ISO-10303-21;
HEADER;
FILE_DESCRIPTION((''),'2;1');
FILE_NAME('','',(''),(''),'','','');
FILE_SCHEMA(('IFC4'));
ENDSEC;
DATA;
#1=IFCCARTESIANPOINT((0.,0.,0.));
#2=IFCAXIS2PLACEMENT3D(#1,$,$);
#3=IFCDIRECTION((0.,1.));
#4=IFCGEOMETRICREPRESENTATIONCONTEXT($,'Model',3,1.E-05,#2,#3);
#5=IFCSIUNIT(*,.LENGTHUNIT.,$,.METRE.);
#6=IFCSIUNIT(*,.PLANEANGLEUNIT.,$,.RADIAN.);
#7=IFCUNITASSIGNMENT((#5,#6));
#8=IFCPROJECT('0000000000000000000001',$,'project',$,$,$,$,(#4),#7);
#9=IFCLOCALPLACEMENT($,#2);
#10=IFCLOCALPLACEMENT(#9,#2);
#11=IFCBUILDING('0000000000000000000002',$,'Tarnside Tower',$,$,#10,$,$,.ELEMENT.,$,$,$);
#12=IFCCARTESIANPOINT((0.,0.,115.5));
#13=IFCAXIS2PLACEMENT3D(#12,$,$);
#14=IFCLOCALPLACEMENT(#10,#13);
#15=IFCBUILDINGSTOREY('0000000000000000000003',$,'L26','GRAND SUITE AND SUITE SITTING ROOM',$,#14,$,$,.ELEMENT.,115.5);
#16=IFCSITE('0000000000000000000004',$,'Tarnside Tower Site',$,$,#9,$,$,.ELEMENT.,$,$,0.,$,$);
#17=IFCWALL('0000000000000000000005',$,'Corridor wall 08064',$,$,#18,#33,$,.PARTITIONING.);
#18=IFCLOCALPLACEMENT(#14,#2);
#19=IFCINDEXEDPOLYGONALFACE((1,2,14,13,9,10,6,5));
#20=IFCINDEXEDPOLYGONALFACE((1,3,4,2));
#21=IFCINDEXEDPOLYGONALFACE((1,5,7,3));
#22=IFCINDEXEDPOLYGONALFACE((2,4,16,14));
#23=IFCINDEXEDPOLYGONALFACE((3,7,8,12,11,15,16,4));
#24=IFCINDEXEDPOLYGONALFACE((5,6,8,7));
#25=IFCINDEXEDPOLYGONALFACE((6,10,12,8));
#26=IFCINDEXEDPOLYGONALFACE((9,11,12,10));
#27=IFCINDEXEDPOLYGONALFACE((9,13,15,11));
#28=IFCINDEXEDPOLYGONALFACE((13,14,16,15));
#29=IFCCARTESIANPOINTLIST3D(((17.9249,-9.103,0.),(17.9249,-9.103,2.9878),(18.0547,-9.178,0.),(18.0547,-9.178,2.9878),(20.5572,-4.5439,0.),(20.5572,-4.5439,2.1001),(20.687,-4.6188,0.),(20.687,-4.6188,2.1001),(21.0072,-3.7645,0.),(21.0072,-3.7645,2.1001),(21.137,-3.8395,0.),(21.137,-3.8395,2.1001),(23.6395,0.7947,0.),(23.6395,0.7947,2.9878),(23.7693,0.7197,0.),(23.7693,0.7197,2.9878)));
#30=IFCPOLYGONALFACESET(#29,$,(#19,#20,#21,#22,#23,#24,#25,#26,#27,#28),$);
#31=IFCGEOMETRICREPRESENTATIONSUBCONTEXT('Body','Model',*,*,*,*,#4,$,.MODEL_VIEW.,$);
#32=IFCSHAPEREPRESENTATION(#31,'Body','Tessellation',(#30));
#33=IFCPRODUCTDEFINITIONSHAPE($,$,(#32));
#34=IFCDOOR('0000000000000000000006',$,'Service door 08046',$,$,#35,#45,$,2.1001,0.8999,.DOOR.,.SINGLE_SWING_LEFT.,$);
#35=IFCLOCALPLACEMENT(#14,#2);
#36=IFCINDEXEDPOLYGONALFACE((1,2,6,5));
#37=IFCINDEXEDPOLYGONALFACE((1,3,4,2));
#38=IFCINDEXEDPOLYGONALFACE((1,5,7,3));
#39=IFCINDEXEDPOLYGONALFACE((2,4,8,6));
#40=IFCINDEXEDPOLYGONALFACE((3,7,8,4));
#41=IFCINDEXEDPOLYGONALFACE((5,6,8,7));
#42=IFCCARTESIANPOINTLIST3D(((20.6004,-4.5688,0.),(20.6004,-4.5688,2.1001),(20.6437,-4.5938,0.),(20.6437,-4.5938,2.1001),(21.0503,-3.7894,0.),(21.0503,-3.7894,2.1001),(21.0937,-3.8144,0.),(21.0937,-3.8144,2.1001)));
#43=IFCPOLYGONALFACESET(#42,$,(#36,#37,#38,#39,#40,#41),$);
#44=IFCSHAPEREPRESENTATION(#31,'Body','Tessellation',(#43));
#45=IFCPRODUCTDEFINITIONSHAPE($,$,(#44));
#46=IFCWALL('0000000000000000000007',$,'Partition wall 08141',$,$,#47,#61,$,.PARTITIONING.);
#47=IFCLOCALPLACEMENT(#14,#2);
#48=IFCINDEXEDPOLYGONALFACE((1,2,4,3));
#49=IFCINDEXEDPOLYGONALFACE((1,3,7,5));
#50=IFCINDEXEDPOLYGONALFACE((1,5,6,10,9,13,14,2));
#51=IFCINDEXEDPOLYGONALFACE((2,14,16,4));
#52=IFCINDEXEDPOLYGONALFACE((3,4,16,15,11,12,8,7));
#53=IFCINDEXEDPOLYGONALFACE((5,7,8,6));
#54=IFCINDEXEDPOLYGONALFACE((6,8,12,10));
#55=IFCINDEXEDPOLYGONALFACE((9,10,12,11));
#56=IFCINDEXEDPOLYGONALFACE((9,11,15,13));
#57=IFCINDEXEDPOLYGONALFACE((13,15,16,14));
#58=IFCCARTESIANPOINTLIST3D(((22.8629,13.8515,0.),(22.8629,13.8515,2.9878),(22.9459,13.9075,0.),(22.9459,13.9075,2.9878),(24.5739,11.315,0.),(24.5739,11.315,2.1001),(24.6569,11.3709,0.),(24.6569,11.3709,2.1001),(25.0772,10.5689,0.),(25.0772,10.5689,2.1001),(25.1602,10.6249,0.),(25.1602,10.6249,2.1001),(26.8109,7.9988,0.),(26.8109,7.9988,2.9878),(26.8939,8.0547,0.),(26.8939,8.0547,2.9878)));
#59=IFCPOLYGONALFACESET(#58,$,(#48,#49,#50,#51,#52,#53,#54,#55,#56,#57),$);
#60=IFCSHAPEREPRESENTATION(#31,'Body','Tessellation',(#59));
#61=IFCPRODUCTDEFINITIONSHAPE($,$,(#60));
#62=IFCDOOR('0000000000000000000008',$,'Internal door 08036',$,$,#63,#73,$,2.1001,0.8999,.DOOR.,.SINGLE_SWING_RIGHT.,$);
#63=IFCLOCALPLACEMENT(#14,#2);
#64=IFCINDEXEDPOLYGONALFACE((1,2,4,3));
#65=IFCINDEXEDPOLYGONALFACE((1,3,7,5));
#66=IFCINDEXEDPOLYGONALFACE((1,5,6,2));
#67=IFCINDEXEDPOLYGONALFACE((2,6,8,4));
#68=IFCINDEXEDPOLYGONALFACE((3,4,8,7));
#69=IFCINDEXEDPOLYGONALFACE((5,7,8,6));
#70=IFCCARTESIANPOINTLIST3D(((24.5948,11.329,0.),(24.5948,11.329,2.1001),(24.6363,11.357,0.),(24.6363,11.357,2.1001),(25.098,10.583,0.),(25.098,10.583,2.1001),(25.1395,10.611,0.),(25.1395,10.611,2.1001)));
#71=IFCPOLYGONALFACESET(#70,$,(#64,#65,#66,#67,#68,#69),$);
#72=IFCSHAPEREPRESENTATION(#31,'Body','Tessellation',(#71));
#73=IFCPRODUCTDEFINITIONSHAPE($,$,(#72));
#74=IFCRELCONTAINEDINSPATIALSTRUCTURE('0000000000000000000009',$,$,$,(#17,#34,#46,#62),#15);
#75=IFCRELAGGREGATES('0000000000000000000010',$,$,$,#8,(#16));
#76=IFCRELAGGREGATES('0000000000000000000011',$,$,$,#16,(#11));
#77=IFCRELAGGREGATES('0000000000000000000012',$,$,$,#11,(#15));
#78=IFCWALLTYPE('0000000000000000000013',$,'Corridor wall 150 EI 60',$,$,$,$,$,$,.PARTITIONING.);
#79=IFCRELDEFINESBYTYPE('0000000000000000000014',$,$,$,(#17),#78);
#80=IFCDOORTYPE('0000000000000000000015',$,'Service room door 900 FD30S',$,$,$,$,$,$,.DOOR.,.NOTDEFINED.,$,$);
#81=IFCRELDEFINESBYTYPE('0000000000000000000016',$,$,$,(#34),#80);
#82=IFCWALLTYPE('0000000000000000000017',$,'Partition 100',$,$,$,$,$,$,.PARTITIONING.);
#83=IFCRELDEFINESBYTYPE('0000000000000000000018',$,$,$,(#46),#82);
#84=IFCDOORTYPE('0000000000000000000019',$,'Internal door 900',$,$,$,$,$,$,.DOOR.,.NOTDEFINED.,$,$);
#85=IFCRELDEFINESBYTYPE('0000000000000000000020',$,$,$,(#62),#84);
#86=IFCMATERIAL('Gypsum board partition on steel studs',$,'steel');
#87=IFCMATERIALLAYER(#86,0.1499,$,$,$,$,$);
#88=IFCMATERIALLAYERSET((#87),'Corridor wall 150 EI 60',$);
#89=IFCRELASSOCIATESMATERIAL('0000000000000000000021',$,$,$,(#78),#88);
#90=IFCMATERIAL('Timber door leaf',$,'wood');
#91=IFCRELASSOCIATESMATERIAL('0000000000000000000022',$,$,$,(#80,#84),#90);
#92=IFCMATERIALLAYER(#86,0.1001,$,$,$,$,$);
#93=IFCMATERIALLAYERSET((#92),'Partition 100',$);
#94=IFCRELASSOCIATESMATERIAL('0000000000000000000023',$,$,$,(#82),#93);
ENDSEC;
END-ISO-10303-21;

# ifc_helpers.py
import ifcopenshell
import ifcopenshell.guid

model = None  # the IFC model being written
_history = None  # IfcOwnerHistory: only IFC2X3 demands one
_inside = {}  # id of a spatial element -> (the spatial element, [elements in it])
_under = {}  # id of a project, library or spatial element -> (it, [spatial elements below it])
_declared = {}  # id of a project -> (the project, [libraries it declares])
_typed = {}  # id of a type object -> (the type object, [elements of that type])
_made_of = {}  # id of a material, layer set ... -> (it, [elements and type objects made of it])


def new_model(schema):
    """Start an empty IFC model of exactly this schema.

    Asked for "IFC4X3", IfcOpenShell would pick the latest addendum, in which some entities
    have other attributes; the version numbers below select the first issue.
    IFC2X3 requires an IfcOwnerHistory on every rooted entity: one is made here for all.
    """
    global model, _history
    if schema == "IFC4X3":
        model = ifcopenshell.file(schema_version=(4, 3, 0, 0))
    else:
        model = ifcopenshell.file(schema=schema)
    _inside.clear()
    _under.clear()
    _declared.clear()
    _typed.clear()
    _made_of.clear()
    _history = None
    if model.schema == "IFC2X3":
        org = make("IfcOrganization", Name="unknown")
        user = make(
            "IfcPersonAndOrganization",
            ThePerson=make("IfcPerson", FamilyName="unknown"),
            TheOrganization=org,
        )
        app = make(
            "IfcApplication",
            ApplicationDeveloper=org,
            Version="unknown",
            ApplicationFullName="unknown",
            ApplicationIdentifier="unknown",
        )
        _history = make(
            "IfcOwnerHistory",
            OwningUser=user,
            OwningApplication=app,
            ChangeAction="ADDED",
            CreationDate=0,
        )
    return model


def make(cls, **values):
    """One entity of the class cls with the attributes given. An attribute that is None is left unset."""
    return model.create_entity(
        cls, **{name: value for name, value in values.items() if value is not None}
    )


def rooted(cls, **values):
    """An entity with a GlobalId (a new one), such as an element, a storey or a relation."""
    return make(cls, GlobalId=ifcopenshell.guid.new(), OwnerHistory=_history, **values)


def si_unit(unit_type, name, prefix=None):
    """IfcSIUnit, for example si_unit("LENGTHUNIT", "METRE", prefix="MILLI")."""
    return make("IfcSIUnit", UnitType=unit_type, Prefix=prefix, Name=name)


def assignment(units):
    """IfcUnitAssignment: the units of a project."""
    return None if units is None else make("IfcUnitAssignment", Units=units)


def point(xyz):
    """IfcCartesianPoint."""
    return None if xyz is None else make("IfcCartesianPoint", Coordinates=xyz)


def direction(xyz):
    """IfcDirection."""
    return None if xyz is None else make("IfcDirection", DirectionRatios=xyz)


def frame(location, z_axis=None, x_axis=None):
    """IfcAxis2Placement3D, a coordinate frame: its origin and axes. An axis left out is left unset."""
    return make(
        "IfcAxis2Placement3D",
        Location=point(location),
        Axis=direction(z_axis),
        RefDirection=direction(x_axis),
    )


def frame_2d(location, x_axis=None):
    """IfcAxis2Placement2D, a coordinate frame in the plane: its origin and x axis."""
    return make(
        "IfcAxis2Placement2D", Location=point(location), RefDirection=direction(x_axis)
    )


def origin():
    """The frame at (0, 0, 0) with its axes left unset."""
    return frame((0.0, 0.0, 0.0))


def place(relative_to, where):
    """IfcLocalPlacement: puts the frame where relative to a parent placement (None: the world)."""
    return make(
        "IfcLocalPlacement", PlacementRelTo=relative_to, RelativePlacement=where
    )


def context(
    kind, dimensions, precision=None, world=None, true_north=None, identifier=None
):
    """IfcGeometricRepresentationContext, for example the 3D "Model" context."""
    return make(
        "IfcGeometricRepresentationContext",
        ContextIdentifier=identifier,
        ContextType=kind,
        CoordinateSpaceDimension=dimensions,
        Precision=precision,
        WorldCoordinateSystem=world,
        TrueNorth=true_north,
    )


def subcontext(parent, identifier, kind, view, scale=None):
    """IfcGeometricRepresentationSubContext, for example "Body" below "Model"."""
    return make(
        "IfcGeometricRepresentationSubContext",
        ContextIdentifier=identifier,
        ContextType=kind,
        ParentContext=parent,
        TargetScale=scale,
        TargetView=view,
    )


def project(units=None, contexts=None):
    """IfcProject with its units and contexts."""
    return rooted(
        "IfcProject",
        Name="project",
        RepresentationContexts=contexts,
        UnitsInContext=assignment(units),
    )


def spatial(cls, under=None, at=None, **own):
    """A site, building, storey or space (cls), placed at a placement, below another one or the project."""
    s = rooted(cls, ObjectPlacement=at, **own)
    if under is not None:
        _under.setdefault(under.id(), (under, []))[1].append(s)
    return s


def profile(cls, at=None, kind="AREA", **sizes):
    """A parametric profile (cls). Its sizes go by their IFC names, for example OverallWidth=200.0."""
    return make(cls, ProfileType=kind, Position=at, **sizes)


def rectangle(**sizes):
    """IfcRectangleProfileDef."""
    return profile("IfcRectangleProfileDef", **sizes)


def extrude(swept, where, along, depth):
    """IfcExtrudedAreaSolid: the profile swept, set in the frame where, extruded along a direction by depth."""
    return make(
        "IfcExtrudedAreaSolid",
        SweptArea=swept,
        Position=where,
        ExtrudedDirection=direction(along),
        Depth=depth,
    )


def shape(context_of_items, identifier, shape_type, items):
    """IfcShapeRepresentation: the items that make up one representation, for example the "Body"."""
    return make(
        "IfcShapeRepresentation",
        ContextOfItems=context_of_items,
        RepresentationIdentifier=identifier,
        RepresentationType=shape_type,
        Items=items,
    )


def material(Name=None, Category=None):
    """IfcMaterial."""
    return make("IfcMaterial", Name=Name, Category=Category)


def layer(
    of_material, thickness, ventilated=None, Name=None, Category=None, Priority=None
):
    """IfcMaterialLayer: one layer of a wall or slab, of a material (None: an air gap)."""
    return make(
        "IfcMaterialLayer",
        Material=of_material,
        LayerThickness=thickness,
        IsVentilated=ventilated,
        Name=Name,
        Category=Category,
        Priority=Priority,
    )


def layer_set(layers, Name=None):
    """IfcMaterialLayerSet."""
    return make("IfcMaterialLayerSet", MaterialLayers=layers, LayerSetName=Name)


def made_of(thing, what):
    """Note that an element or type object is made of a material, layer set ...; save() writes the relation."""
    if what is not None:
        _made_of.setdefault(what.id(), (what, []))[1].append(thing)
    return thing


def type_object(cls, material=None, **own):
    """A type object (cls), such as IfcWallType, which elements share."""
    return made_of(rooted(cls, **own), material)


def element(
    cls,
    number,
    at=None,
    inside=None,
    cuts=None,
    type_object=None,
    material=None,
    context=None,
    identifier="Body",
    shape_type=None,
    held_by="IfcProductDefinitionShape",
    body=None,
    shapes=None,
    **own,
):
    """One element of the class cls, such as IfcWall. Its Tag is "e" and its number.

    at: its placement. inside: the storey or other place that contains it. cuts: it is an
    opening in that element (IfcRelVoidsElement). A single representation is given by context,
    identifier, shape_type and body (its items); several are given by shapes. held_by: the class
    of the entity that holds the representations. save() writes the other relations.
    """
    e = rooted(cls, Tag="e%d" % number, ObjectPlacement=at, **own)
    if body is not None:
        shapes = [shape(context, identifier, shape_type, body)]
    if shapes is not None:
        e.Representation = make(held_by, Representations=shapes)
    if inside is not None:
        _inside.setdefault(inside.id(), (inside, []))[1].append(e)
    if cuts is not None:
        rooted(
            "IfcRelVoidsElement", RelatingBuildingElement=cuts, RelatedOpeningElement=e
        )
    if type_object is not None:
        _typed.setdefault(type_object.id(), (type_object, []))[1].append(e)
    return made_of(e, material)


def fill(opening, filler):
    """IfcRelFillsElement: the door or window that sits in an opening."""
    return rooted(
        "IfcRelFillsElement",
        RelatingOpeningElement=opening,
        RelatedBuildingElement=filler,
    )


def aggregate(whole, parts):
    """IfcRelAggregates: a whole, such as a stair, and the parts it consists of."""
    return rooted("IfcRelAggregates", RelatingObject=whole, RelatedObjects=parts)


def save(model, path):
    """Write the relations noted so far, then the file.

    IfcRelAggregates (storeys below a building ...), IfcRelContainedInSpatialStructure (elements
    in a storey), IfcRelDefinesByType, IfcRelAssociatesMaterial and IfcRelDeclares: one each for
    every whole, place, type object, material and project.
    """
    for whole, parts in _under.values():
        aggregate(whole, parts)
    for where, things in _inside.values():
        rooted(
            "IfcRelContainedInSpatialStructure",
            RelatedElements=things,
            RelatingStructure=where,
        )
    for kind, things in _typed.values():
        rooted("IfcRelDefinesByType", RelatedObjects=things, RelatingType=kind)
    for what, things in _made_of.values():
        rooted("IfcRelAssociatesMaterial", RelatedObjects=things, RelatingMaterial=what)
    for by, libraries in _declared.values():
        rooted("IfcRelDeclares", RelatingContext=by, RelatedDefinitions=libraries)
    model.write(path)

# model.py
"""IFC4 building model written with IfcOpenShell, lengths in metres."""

from ifc_helpers import new_model, si_unit, direction, frame, frame_2d, origin, place, context, subcontext, project, spatial, rectangle, extrude, material, layer, layer_set, type_object, element, fill, save


model = new_model("IFC4")

# Units and contexts
model_context = context("Model", 3, precision=1e-05, world=origin(), true_north=direction((0.0, 1.0)))
body_context = subcontext(model_context, "Body", "Model", "MODEL_VIEW")
ifc_project = project(units=[si_unit("LENGTHUNIT", "METRE"), si_unit("PLANEANGLEUNIT", "RADIAN")], contexts=[model_context])

# Site, building, storey
site_placement = place(None, origin())
site = spatial("IfcSite", under=ifc_project, at=site_placement, Name="Tarnside Tower Site", CompositionType="ELEMENT", RefElevation=0.0)
building_placement = place(site_placement, origin())
building = spatial("IfcBuilding", under=site, at=building_placement, Name="Tarnside Tower", CompositionType="ELEMENT")
storey_placement = place(building_placement, frame((0.0, 0.0, 115.5)))
storey = spatial("IfcBuildingStorey", under=building, at=storey_placement, Name="L26", Description="GRAND SUITE AND SUITE SITTING ROOM", CompositionType="ELEMENT", Elevation=115.5)

# Shared definitions
ifc_material_1 = material(Name="Gypsum board partition on steel studs", Category="steel")
ifc_material_2 = material(Name="Timber door leaf", Category="wood")

# Shared definitions
ifc_layer_1 = layer(ifc_material_1, 0.1499)
ifc_layer_set_1 = layer_set([ifc_layer_1], Name="Corridor wall 150 EI 60")
wall_type_1 = type_object("IfcWallType", Name="Corridor wall 150 EI 60", PredefinedType="PARTITIONING", material=ifc_layer_set_1)

# Walls, openings, doors
wall_1_placement = place(storey_placement, frame((23.7043, 0.7571, 0.0), z_axis=(0.0, 0.0, 1.0), x_axis=(-0.50001, -0.866019, 0.0)))
wall_1 = element("IfcWall", 1, at=wall_1_placement, inside=storey, type_object=wall_type_1, Name="Corridor wall 08064", PredefinedType="PARTITIONING", context=body_context, shape_type="SweptSolid", body=[
    extrude(rectangle(XDim=11.429, YDim=0.1499, at=frame_2d((5.7144, 0.0))), origin(), (0.0, 0.0, 1.0), 2.9878),
])
opening_1_placement = place(wall_1_placement, frame((5.2644, 0.0, 0.0)))
opening_1 = element("IfcOpeningElement", 2, at=opening_1_placement, cuts=wall_1, PredefinedType="OPENING", context=body_context, shape_type="SweptSolid", body=[
    extrude(rectangle(XDim=0.8999, YDim=2.1001, at=frame_2d((0.45, 1.05))), frame((0.0, 0.085, 0.0), z_axis=(0.0, -1.0, 0.0), x_axis=(1.0, 0.0, 0.0)), (0.0, 0.0, 1.0), 0.1699),
])
door_type_1 = type_object("IfcDoorType", Name="Service room door 900 FD30S", OperationType="NOTDEFINED", PredefinedType="DOOR", material=ifc_material_2)
door_1_placement = place(opening_1_placement, origin())
door_1 = element("IfcDoor", 3, at=door_1_placement, inside=storey, type_object=door_type_1, Name="Service door 08046", OperationType="SINGLE_SWING_LEFT", OverallHeight=2.1001, OverallWidth=0.8999, PredefinedType="DOOR", context=body_context, shape_type="SweptSolid", body=[
    extrude(rectangle(XDim=0.8999, YDim=2.1001, at=frame_2d((0.45, 1.05))), frame((0.0, 0.0249, 0.0), z_axis=(0.0, -1.0, 0.0), x_axis=(1.0, 0.0, 0.0)), (0.0, 0.0, 1.0), 0.05),
])
fill(opening_1, door_1)
ifc_layer_2 = layer(ifc_material_1, 0.1001)
ifc_layer_set_2 = layer_set([ifc_layer_2], Name="Partition 100")
wall_type_2 = type_object("IfcWallType", Name="Partition 100", PredefinedType="PARTITIONING", material=ifc_layer_set_2)
wall_2_placement = place(storey_placement, frame((26.8523, 8.0269, 0.0), z_axis=(0.0, 0.0, 1.0), x_axis=(-0.559217, 0.829021, 0.0)))
wall_2 = element("IfcWall", 4, at=wall_2_placement, inside=storey, type_object=wall_type_2, Name="Partition wall 08141", PredefinedType="PARTITIONING", context=body_context, shape_type="SweptSolid", body=[
    extrude(rectangle(XDim=7.0598, YDim=0.1001, at=frame_2d((3.5298, 0.0))), origin(), (0.0, 0.0, 1.0), 2.9878),
])
opening_2_placement = place(wall_2_placement, frame((3.1001, 0.0, 0.0)))
opening_2 = element("IfcOpeningElement", 5, at=opening_2_placement, cuts=wall_2, PredefinedType="OPENING", context=body_context, shape_type="SweptSolid", body=[
    extrude(rectangle(XDim=0.8999, YDim=2.1001, at=frame_2d((0.45, 1.05))), frame((0.0, 0.0601, 0.0), z_axis=(0.0, -1.0, 0.0), x_axis=(1.0, 0.0, 0.0)), (0.0, 0.0, 1.0), 0.1201),
])
door_type_2 = type_object("IfcDoorType", Name="Internal door 900", OperationType="NOTDEFINED", PredefinedType="DOOR", material=ifc_material_2)
door_2_placement = place(opening_2_placement, origin())
door_2 = element("IfcDoor", 6, at=door_2_placement, inside=storey, type_object=door_type_2, Name="Internal door 08036", OperationType="SINGLE_SWING_RIGHT", OverallHeight=2.1001, OverallWidth=0.8999, PredefinedType="DOOR", context=body_context, shape_type="SweptSolid", body=[
    extrude(rectangle(XDim=0.8999, YDim=2.1001, at=frame_2d((0.45, 1.05))), frame((0.0, 0.0249, 0.0), z_axis=(0.0, -1.0, 0.0), x_axis=(1.0, 0.0, 0.0)), (0.0, 0.0, 1.0), 0.05),
])
fill(opening_2, door_2)

save(model, "model.ifc")
